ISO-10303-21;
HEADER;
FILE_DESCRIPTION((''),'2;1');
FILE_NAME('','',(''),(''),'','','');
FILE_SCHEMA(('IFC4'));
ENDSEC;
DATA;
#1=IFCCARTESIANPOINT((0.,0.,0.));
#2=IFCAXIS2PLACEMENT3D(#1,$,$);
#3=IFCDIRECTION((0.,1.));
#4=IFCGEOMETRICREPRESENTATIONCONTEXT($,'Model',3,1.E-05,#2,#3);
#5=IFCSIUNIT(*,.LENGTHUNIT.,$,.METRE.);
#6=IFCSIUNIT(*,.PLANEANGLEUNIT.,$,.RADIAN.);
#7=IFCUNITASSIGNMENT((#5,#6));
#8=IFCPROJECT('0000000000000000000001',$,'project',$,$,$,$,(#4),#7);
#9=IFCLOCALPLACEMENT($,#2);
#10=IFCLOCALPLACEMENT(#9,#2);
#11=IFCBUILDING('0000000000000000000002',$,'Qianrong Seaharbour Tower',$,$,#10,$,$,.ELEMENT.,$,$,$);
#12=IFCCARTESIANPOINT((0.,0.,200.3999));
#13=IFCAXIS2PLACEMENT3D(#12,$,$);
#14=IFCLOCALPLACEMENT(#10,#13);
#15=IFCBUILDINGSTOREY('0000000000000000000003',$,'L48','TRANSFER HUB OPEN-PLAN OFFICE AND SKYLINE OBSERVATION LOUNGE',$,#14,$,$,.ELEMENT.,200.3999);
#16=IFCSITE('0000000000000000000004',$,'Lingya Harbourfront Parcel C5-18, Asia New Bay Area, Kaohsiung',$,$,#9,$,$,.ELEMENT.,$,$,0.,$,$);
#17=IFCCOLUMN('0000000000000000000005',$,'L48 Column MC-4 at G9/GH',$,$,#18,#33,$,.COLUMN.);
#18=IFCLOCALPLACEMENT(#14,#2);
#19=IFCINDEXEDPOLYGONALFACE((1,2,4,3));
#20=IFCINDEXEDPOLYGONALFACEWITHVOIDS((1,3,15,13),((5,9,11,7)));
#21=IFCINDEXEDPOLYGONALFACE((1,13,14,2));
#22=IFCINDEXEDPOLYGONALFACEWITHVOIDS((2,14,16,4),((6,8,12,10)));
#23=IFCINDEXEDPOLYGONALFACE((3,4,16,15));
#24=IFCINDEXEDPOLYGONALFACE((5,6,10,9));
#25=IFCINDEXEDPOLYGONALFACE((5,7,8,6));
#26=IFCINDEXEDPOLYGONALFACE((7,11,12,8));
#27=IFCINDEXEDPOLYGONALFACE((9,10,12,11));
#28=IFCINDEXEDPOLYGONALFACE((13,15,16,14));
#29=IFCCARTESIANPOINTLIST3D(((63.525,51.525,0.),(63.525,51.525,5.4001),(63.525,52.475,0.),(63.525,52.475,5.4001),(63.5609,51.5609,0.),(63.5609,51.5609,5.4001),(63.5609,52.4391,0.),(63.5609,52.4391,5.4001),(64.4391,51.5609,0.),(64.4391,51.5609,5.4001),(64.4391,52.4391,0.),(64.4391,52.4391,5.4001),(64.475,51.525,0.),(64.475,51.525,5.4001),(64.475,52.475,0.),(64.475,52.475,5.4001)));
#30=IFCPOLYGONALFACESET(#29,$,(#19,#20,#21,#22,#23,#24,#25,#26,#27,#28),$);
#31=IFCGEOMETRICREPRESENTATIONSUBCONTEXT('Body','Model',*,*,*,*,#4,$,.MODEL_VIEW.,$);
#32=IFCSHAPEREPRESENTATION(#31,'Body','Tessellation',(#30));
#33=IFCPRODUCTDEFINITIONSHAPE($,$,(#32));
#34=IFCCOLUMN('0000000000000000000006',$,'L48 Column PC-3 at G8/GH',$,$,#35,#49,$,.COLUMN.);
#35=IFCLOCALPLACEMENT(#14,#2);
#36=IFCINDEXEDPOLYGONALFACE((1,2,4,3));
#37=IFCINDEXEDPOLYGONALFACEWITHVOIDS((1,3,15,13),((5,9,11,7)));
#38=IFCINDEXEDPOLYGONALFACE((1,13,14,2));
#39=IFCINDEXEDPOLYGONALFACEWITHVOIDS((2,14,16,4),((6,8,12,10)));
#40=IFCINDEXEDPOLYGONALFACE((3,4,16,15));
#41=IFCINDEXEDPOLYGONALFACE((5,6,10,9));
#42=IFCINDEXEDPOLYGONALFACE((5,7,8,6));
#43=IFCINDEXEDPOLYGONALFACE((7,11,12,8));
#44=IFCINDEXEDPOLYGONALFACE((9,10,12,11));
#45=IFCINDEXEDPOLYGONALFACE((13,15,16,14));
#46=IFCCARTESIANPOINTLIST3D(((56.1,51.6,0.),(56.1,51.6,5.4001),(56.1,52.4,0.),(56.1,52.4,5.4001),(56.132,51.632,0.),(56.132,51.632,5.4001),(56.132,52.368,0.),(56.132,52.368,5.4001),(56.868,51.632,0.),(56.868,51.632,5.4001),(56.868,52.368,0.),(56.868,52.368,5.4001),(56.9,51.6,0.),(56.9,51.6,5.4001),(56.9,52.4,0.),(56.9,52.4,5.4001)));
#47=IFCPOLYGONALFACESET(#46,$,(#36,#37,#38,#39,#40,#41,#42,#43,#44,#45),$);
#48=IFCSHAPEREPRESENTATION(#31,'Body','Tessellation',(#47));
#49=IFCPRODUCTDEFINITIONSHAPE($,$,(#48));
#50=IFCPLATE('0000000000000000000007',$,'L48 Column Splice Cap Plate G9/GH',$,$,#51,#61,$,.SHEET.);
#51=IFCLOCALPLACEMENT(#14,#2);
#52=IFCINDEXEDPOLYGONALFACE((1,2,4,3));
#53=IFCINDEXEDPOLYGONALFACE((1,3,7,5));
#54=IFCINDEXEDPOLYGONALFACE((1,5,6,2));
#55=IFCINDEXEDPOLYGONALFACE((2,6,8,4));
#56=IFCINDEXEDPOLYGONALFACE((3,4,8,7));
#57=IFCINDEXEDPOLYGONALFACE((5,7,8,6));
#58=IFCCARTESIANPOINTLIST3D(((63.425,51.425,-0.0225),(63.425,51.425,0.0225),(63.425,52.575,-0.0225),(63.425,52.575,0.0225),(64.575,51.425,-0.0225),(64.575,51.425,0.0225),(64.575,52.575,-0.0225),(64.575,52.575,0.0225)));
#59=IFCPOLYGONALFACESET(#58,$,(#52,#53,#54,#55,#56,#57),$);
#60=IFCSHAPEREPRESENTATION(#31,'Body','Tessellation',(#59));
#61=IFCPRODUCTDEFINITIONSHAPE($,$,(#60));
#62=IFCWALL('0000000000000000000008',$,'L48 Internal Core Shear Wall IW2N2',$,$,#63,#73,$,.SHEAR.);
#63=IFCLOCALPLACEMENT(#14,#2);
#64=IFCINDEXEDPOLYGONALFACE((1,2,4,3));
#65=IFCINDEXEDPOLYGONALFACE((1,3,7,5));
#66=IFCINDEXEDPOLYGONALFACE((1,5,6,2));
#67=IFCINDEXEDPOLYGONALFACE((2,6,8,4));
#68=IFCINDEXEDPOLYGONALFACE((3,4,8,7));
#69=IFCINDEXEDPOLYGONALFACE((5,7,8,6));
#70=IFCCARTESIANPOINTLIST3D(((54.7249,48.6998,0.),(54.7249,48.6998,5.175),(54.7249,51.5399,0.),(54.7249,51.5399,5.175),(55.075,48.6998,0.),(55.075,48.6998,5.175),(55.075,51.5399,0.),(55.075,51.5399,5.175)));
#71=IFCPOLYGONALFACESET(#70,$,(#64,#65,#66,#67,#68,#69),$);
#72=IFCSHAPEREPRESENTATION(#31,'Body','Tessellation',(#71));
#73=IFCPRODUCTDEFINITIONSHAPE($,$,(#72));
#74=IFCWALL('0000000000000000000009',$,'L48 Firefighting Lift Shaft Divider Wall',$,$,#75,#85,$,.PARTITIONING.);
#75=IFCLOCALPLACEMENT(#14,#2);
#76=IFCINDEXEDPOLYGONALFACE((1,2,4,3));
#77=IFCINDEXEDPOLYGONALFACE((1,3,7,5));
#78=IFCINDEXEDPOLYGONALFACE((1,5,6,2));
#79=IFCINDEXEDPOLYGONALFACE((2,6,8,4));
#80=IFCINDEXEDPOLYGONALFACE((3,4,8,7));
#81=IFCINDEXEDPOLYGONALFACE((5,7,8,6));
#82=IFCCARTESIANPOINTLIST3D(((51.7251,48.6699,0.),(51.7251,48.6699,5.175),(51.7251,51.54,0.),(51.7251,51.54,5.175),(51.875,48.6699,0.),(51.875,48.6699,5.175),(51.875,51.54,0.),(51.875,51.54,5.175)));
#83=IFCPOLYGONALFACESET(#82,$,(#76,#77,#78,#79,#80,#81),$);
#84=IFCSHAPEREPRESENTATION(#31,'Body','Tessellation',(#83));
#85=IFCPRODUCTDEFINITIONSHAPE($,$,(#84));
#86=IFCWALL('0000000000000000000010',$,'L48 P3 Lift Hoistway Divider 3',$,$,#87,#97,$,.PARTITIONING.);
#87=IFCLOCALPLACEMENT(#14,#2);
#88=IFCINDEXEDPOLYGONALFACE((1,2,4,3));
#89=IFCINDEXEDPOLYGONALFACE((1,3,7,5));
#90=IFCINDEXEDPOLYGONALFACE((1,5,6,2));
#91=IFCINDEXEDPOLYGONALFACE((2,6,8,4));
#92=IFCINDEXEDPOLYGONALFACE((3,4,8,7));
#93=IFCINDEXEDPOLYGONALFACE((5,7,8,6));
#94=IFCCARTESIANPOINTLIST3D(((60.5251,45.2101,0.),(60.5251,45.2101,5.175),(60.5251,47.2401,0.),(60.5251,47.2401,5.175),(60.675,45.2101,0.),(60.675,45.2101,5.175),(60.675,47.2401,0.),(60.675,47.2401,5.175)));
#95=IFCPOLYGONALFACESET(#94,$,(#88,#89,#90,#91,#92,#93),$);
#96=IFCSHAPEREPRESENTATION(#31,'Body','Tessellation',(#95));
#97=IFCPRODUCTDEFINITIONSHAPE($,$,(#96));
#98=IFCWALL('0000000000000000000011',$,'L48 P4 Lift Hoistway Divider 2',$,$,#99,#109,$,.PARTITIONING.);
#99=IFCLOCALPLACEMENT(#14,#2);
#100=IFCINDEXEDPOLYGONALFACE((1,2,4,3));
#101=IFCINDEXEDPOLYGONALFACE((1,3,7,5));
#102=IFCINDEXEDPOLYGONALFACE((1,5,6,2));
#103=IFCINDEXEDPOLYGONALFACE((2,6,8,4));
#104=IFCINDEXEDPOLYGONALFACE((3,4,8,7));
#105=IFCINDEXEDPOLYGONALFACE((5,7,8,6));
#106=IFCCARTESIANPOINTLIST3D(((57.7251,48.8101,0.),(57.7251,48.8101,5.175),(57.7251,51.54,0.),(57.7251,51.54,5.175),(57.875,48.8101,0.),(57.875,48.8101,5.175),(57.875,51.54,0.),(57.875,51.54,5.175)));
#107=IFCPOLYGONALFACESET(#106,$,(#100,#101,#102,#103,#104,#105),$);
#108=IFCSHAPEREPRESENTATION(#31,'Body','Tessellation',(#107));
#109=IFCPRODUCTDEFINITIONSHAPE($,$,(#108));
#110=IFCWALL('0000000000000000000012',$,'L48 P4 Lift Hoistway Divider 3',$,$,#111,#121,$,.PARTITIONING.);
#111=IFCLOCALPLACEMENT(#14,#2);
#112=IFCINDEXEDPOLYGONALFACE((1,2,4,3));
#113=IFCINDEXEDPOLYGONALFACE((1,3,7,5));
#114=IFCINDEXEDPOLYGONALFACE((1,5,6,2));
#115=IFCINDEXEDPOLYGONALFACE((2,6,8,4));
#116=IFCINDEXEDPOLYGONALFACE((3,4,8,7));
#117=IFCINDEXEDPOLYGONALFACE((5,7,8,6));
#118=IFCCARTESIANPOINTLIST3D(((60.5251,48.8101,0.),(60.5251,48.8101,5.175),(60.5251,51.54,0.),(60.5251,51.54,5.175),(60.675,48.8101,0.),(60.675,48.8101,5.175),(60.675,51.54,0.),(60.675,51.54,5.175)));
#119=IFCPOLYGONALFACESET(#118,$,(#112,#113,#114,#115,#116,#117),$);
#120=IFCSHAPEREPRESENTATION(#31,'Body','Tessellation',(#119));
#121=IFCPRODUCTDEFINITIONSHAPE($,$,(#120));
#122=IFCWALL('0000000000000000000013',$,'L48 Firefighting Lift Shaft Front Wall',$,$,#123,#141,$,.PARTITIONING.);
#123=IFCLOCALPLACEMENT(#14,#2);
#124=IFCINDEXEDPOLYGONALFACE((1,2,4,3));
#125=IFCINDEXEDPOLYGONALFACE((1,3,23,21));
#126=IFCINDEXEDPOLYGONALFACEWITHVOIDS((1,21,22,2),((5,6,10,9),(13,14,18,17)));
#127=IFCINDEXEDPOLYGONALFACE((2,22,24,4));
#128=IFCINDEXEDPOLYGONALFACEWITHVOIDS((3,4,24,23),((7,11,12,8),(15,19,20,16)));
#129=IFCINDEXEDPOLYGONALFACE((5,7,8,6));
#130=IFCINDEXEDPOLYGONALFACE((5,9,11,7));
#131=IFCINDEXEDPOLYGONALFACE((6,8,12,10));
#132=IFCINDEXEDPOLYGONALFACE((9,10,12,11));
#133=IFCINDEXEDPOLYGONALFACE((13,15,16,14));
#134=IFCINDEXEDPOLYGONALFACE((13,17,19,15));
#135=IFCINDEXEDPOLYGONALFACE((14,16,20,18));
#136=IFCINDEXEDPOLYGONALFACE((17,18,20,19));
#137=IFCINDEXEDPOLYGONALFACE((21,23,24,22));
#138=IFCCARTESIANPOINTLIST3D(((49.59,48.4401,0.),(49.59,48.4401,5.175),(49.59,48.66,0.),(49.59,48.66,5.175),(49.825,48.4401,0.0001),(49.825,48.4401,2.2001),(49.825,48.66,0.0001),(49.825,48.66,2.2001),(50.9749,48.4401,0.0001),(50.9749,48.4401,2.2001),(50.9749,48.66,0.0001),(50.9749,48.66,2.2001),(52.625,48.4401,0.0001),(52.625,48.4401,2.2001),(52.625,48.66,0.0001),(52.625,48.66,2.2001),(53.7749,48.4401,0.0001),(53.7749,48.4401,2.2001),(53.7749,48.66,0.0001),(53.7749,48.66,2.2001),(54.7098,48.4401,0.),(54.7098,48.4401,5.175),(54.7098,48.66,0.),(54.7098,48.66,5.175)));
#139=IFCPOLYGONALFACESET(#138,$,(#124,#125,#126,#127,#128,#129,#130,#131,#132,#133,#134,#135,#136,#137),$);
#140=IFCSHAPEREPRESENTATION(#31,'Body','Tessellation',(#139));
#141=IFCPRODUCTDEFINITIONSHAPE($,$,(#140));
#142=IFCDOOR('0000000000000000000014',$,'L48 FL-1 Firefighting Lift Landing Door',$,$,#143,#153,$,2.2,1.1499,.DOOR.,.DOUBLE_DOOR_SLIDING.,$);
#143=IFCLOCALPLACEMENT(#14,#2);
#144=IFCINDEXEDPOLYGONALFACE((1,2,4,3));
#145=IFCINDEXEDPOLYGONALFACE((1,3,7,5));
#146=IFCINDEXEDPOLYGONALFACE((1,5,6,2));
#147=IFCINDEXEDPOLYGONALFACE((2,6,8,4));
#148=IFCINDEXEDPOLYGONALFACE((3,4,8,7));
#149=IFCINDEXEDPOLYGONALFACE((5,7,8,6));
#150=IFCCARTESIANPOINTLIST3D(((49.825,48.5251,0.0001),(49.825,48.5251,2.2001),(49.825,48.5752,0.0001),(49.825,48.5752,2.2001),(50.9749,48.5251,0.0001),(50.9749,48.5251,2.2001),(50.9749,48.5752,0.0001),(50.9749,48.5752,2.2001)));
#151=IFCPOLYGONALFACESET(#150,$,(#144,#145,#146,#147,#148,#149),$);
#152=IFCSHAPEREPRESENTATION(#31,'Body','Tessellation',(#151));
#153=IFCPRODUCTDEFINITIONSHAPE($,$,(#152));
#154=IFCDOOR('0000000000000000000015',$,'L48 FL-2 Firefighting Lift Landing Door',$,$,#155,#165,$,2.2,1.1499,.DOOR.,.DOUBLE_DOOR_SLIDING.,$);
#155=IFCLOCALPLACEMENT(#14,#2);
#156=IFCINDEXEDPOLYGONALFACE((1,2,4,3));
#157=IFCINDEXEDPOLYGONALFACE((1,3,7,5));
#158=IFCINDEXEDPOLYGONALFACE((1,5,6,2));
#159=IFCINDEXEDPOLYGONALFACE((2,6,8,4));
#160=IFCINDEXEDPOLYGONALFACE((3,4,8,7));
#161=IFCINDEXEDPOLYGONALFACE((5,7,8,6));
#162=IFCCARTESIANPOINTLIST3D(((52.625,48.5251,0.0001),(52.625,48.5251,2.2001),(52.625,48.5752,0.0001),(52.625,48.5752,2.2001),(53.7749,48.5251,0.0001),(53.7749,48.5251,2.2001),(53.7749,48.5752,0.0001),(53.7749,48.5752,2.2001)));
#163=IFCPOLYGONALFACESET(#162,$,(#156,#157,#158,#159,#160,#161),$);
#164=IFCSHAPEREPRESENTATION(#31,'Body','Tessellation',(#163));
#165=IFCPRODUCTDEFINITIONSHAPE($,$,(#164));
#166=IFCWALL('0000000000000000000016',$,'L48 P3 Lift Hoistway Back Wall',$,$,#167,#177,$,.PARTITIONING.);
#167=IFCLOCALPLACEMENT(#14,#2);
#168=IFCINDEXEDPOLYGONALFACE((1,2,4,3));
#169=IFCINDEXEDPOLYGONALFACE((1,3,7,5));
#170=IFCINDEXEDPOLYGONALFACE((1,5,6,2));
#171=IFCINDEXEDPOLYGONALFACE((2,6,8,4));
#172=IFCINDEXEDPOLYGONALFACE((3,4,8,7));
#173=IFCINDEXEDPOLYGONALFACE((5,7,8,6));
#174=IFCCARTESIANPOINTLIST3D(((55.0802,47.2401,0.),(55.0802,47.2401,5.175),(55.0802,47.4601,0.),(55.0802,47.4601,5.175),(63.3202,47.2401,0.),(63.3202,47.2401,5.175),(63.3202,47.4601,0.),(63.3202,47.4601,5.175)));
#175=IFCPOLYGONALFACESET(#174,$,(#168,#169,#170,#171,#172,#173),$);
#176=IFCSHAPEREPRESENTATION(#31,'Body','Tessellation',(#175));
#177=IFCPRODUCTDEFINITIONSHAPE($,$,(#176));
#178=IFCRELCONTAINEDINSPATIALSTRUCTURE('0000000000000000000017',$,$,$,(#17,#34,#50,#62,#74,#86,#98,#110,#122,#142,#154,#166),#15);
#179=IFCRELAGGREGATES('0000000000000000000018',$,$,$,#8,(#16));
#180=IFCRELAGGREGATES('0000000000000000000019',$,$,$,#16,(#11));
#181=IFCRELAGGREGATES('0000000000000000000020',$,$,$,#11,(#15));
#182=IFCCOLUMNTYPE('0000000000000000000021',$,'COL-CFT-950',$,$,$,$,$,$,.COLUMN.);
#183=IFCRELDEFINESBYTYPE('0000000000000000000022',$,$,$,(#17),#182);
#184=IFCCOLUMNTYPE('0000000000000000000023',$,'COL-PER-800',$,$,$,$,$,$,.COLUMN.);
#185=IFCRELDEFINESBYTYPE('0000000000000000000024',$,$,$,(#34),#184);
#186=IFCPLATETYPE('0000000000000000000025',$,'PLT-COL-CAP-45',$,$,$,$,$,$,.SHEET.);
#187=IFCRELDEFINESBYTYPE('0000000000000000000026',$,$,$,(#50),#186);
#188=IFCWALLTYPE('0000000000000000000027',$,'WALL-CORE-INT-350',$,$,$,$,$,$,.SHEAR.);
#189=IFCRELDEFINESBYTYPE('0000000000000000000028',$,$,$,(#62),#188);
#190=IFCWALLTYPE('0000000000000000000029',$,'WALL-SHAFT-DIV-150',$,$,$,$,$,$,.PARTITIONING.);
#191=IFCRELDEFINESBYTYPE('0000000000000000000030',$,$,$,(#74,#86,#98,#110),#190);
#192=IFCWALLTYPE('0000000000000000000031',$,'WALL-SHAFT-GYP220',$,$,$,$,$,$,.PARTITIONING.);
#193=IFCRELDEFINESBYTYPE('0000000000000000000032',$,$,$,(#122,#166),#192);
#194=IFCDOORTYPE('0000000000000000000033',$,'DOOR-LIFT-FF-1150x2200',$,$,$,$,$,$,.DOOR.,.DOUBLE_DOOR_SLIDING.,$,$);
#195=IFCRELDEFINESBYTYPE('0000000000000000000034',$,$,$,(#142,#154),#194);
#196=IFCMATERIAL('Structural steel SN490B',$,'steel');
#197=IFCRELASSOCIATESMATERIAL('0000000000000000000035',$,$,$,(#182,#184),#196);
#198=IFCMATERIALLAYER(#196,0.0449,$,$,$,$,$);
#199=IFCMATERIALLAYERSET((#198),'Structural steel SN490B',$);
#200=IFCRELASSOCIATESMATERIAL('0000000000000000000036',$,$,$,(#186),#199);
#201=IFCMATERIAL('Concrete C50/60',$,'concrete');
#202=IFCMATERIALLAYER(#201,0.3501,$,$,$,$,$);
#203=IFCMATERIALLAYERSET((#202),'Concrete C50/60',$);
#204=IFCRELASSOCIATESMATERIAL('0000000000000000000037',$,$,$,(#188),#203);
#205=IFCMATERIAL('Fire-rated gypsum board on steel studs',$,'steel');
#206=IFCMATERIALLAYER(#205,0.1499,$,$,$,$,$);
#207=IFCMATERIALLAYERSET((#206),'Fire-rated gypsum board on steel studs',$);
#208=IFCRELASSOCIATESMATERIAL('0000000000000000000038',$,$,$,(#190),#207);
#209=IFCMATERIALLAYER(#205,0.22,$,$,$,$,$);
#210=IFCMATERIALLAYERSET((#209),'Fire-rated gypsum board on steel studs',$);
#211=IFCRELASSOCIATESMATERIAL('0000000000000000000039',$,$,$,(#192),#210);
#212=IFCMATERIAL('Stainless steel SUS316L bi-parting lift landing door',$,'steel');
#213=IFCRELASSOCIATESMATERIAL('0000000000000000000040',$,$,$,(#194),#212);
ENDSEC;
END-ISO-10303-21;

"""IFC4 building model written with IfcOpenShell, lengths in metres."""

from ifc_helpers import new_model, si_unit, direction, frame, frame_2d, origin, origin_2d, place, context, subcontext, project, spatial, rectangle, hollow_rectangle, extrude, material, layer, layer_set, material_profile, profile_set, type_object, element, fill, save


model = new_model("IFC4")

# Units and contexts
model_context = context("Model", 3, precision=1e-05, world=origin(), true_north=direction((0.0, 1.0)))
body_context = subcontext(model_context, "Body", "Model", "MODEL_VIEW")
ifc_project = project(units=[si_unit("LENGTHUNIT", "METRE"), si_unit("PLANEANGLEUNIT", "RADIAN")], contexts=[model_context])

# Site, building, storey
site_placement = place(None, origin())
site = spatial("IfcSite", under=ifc_project, at=site_placement, Name="Lingya Harbourfront Parcel C5-18, Asia New Bay Area, Kaohsiung", CompositionType="ELEMENT", RefElevation=0.0)
building_placement = place(site_placement, origin())
building = spatial("IfcBuilding", under=site, at=building_placement, Name="Qianrong Seaharbour Tower", CompositionType="ELEMENT")
storey_placement = place(building_placement, frame((0.0, 0.0, 200.3999)))
storey = spatial("IfcBuildingStorey", under=building, at=storey_placement, Name="L48", Description="TRANSFER HUB OPEN-PLAN OFFICE AND SKYLINE OBSERVATION LOUNGE", CompositionType="ELEMENT", Elevation=200.3999)

# Columns
ifc_material_1 = material(Name="Structural steel SN490B", Category="steel")
ifc_material_profile_1 = material_profile(ifc_material_1, hollow_rectangle(XDim=0.95, YDim=0.95, WallThickness=0.0359, at=origin_2d()), Name="BOX950x950x36")
ifc_profile_set_1 = profile_set([ifc_material_profile_1], Name="Structural steel SN490B")
column_type_1 = type_object("IfcColumnType", Name="COL-CFT-950", PredefinedType="COLUMN", material=ifc_profile_set_1)
column_1_placement = place(storey_placement, frame((64.0, 52.0, 0.0), z_axis=(0.0, 0.0, 1.0), x_axis=(1.0, 0.0, 0.0)))
element("IfcColumn", 1, at=column_1_placement, inside=storey, type_object=column_type_1, Name="L48 Column MC-4 at G9/GH", PredefinedType="COLUMN", context=body_context, shape_type="SweptSolid", body=[
    extrude(hollow_rectangle(XDim=0.95, YDim=0.95, WallThickness=0.0359, at=origin_2d()), origin(), (0.0, 0.0, 1.0), 5.4001),
])
ifc_material_profile_2 = material_profile(ifc_material_1, hollow_rectangle(XDim=0.8, YDim=0.8, WallThickness=0.032, at=origin_2d()), Name="BOX800x800x32")
ifc_profile_set_2 = profile_set([ifc_material_profile_2], Name="Structural steel SN490B")
column_type_2 = type_object("IfcColumnType", Name="COL-PER-800", PredefinedType="COLUMN", material=ifc_profile_set_2)
column_2_placement = place(storey_placement, frame((56.5, 52.0, 0.0), z_axis=(0.0, 0.0, 1.0), x_axis=(1.0, 0.0, 0.0)))
element("IfcColumn", 2, at=column_2_placement, inside=storey, type_object=column_type_2, Name="L48 Column PC-3 at G8/GH", PredefinedType="COLUMN", context=body_context, shape_type="SweptSolid", body=[
    extrude(hollow_rectangle(XDim=0.8, YDim=0.8, WallThickness=0.032, at=origin_2d()), origin(), (0.0, 0.0, 1.0), 5.4001),
])

# Plate
ifc_layer_1 = layer(ifc_material_1, 0.0449)
ifc_layer_set_1 = layer_set([ifc_layer_1], Name="Structural steel SN490B")
plate_type = type_object("IfcPlateType", Name="PLT-COL-CAP-45", PredefinedType="SHEET", material=ifc_layer_set_1)
plate_placement = place(storey_placement, frame((64.0, 52.0, -0.0225), z_axis=(0.0, 0.0, 1.0), x_axis=(1.0, 0.0, 0.0)))
element("IfcPlate", 3, at=plate_placement, inside=storey, type_object=plate_type, Name="L48 Column Splice Cap Plate G9/GH", PredefinedType="SHEET", context=body_context, shape_type="SweptSolid", body=[
    extrude(rectangle(XDim=1.1499, YDim=1.1499, at=origin_2d()), origin(), (0.0, 0.0, 1.0), 0.0449),
])

# Walls
ifc_material_2 = material(Name="Concrete C50/60", Category="concrete")
ifc_layer_2 = layer(ifc_material_2, 0.3501)
ifc_layer_set_2 = layer_set([ifc_layer_2], Name="Concrete C50/60")
wall_type_1 = type_object("IfcWallType", Name="WALL-CORE-INT-350", PredefinedType="SHEAR", material=ifc_layer_set_2)
wall_1_placement = place(storey_placement, frame((54.8999, 48.7, 0.0), z_axis=(0.0, 0.0, 1.0), x_axis=(0.0, 1.0, 0.0)))
element("IfcWall", 4, at=wall_1_placement, inside=storey, type_object=wall_type_1, Name="L48 Internal Core Shear Wall IW2N2", PredefinedType="SHEAR", context=body_context, shape_type="SweptSolid", body=[
    extrude(rectangle(XDim=2.8401, YDim=0.3501, at=frame_2d((1.4199, 0.0))), origin(), (0.0, 0.0, 1.0), 5.175),
])
ifc_material_3 = material(Name="Fire-rated gypsum board on steel studs", Category="steel")
ifc_layer_3 = layer(ifc_material_3, 0.1499)
ifc_layer_set_3 = layer_set([ifc_layer_3], Name="Fire-rated gypsum board on steel studs")
wall_type_2 = type_object("IfcWallType", Name="WALL-SHAFT-DIV-150", PredefinedType="PARTITIONING", material=ifc_layer_set_3)
wall_2_placement = place(storey_placement, frame((51.8, 48.6699, 0.0), z_axis=(0.0, 0.0, 1.0), x_axis=(0.0, 1.0, 0.0)))
element("IfcWall", 5, at=wall_2_placement, inside=storey, type_object=wall_type_2, Name="L48 Firefighting Lift Shaft Divider Wall", PredefinedType="PARTITIONING", context=body_context, shape_type="SweptSolid", body=[
    extrude(rectangle(XDim=2.8701, YDim=0.1499, at=frame_2d((1.4351, 0.0))), origin(), (0.0, 0.0, 1.0), 5.175),
])
wall_3_placement = place(storey_placement, frame((60.6001, 45.21, 0.0), z_axis=(0.0, 0.0, 1.0), x_axis=(0.0, 1.0, 0.0)))
element("IfcWall", 6, at=wall_3_placement, inside=storey, type_object=wall_type_2, Name="L48 P3 Lift Hoistway Divider 3", PredefinedType="PARTITIONING", context=body_context, shape_type="SweptSolid", body=[
    extrude(rectangle(XDim=2.03, YDim=0.1499, at=frame_2d((1.0151, 0.0))), origin(), (0.0, 0.0, 1.0), 5.175),
])
for number, where, z_axis, x_axis, name in (
    (7, (57.8, 48.8101, 0.0), (0.0, 0.0, 1.0), (0.0, 1.0, 0.0), "L48 P4 Lift Hoistway Divider 2"),
    (8, (60.6001, 48.8101, 0.0), (0.0, 0.0, 1.0), (0.0, 1.0, 0.0), "L48 P4 Lift Hoistway Divider 3"),
):
    element("IfcWall", number, at=place(storey_placement, frame(where, z_axis=z_axis, x_axis=x_axis)), inside=storey, type_object=wall_type_2, Name=name, PredefinedType="PARTITIONING", context=body_context, shape_type="SweptSolid", body=[
        extrude(rectangle(XDim=2.73, YDim=0.1499, at=frame_2d((1.365, 0.0))), origin(), (0.0, 0.0, 1.0), 5.175),
    ])

# Wall, openings, doors
ifc_layer_4 = layer(ifc_material_3, 0.22)
ifc_layer_set_4 = layer_set([ifc_layer_4], Name="Fire-rated gypsum board on steel studs")
wall_type_3 = type_object("IfcWallType", Name="WALL-SHAFT-GYP220", PredefinedType="PARTITIONING", material=ifc_layer_set_4)
wall_4_placement = place(storey_placement, frame((54.71, 48.55, 0.0), z_axis=(0.0, 0.0, 1.0), x_axis=(-1.0, 0.0, 0.0)))
wall_4 = element("IfcWall", 9, at=wall_4_placement, inside=storey, type_object=wall_type_3, Name="L48 Firefighting Lift Shaft Front Wall", PredefinedType="PARTITIONING", context=body_context, shape_type="SweptSolid", body=[
    extrude(rectangle(XDim=5.1199, YDim=0.22, at=frame_2d((2.5601, 0.0))), origin(), (0.0, 0.0, 1.0), 5.175),
])
opening_1_placement = place(wall_4_placement, frame((3.7351, 0.0, 0.0)))
opening_1 = element("IfcOpeningElement", 10, at=opening_1_placement, cuts=wall_4, PredefinedType="OPENING", context=body_context, shape_type="SweptSolid", body=[
    extrude(rectangle(XDim=1.1499, YDim=2.2, at=frame_2d((0.575, 1.1001))), frame((0.0, 0.1201, 0.0), z_axis=(0.0, -1.0, 0.0), x_axis=(1.0, 0.0, 0.0)), (0.0, 0.0, 1.0), 0.24),
])
opening_2_placement = place(wall_4_placement, frame((0.9351, 0.0, 0.0)))
opening_2 = element("IfcOpeningElement", 11, at=opening_2_placement, cuts=wall_4, PredefinedType="OPENING", context=body_context, shape_type="SweptSolid", body=[
    extrude(rectangle(XDim=1.1499, YDim=2.2, at=frame_2d((0.575, 1.1001))), frame((0.0, 0.1201, 0.0), z_axis=(0.0, -1.0, 0.0), x_axis=(1.0, 0.0, 0.0)), (0.0, 0.0, 1.0), 0.24),
])
ifc_material_4 = material(Name="Stainless steel SUS316L bi-parting lift landing door", Category="steel")
door_type_1 = type_object("IfcDoorType", Name="DOOR-LIFT-FF-1150x2200", OperationType="DOUBLE_DOOR_SLIDING", PredefinedType="DOOR", material=ifc_material_4)
door_1_placement = place(opening_1_placement, origin())
door_1 = element("IfcDoor", 12, at=door_1_placement, inside=storey, type_object=door_type_1, Name="L48 FL-1 Firefighting Lift Landing Door", OperationType="DOUBLE_DOOR_SLIDING", OverallHeight=2.2, OverallWidth=1.1499, PredefinedType="DOOR", context=body_context, shape_type="SweptSolid", body=[
    extrude(rectangle(XDim=1.1499, YDim=2.2, at=frame_2d((0.575, 1.1001))), frame((0.0, 0.0249, 0.0), z_axis=(0.0, -1.0, 0.0), x_axis=(1.0, 0.0, 0.0)), (0.0, 0.0, 1.0), 0.05),
])
fill(opening_1, door_1)
door_2_placement = place(opening_2_placement, origin())
door_2 = element("IfcDoor", 13, at=door_2_placement, inside=storey, type_object=door_type_1, Name="L48 FL-2 Firefighting Lift Landing Door", OperationType="DOUBLE_DOOR_SLIDING", OverallHeight=2.2, OverallWidth=1.1499, PredefinedType="DOOR", context=body_context, shape_type="SweptSolid", body=[
    extrude(rectangle(XDim=1.1499, YDim=2.2, at=frame_2d((0.575, 1.1001))), frame((0.0, 0.0249, 0.0), z_axis=(0.0, -1.0, 0.0), x_axis=(1.0, 0.0, 0.0)), (0.0, 0.0, 1.0), 0.05),
])
fill(opening_2, door_2)

# Wall
wall_5_placement = place(storey_placement, frame((55.0801, 47.3501, 0.0), z_axis=(0.0, 0.0, 1.0), x_axis=(1.0, 0.0, 0.0)))
element("IfcWall", 14, at=wall_5_placement, inside=storey, type_object=wall_type_3, Name="L48 P3 Lift Hoistway Back Wall", PredefinedType="PARTITIONING", context=body_context, shape_type="SweptSolid", body=[
    extrude(rectangle(XDim=8.24, YDim=0.22, at=frame_2d((4.1201, 0.0))), origin(), (0.0, 0.0, 1.0), 5.175),
])

save(model, "model.ifc")
